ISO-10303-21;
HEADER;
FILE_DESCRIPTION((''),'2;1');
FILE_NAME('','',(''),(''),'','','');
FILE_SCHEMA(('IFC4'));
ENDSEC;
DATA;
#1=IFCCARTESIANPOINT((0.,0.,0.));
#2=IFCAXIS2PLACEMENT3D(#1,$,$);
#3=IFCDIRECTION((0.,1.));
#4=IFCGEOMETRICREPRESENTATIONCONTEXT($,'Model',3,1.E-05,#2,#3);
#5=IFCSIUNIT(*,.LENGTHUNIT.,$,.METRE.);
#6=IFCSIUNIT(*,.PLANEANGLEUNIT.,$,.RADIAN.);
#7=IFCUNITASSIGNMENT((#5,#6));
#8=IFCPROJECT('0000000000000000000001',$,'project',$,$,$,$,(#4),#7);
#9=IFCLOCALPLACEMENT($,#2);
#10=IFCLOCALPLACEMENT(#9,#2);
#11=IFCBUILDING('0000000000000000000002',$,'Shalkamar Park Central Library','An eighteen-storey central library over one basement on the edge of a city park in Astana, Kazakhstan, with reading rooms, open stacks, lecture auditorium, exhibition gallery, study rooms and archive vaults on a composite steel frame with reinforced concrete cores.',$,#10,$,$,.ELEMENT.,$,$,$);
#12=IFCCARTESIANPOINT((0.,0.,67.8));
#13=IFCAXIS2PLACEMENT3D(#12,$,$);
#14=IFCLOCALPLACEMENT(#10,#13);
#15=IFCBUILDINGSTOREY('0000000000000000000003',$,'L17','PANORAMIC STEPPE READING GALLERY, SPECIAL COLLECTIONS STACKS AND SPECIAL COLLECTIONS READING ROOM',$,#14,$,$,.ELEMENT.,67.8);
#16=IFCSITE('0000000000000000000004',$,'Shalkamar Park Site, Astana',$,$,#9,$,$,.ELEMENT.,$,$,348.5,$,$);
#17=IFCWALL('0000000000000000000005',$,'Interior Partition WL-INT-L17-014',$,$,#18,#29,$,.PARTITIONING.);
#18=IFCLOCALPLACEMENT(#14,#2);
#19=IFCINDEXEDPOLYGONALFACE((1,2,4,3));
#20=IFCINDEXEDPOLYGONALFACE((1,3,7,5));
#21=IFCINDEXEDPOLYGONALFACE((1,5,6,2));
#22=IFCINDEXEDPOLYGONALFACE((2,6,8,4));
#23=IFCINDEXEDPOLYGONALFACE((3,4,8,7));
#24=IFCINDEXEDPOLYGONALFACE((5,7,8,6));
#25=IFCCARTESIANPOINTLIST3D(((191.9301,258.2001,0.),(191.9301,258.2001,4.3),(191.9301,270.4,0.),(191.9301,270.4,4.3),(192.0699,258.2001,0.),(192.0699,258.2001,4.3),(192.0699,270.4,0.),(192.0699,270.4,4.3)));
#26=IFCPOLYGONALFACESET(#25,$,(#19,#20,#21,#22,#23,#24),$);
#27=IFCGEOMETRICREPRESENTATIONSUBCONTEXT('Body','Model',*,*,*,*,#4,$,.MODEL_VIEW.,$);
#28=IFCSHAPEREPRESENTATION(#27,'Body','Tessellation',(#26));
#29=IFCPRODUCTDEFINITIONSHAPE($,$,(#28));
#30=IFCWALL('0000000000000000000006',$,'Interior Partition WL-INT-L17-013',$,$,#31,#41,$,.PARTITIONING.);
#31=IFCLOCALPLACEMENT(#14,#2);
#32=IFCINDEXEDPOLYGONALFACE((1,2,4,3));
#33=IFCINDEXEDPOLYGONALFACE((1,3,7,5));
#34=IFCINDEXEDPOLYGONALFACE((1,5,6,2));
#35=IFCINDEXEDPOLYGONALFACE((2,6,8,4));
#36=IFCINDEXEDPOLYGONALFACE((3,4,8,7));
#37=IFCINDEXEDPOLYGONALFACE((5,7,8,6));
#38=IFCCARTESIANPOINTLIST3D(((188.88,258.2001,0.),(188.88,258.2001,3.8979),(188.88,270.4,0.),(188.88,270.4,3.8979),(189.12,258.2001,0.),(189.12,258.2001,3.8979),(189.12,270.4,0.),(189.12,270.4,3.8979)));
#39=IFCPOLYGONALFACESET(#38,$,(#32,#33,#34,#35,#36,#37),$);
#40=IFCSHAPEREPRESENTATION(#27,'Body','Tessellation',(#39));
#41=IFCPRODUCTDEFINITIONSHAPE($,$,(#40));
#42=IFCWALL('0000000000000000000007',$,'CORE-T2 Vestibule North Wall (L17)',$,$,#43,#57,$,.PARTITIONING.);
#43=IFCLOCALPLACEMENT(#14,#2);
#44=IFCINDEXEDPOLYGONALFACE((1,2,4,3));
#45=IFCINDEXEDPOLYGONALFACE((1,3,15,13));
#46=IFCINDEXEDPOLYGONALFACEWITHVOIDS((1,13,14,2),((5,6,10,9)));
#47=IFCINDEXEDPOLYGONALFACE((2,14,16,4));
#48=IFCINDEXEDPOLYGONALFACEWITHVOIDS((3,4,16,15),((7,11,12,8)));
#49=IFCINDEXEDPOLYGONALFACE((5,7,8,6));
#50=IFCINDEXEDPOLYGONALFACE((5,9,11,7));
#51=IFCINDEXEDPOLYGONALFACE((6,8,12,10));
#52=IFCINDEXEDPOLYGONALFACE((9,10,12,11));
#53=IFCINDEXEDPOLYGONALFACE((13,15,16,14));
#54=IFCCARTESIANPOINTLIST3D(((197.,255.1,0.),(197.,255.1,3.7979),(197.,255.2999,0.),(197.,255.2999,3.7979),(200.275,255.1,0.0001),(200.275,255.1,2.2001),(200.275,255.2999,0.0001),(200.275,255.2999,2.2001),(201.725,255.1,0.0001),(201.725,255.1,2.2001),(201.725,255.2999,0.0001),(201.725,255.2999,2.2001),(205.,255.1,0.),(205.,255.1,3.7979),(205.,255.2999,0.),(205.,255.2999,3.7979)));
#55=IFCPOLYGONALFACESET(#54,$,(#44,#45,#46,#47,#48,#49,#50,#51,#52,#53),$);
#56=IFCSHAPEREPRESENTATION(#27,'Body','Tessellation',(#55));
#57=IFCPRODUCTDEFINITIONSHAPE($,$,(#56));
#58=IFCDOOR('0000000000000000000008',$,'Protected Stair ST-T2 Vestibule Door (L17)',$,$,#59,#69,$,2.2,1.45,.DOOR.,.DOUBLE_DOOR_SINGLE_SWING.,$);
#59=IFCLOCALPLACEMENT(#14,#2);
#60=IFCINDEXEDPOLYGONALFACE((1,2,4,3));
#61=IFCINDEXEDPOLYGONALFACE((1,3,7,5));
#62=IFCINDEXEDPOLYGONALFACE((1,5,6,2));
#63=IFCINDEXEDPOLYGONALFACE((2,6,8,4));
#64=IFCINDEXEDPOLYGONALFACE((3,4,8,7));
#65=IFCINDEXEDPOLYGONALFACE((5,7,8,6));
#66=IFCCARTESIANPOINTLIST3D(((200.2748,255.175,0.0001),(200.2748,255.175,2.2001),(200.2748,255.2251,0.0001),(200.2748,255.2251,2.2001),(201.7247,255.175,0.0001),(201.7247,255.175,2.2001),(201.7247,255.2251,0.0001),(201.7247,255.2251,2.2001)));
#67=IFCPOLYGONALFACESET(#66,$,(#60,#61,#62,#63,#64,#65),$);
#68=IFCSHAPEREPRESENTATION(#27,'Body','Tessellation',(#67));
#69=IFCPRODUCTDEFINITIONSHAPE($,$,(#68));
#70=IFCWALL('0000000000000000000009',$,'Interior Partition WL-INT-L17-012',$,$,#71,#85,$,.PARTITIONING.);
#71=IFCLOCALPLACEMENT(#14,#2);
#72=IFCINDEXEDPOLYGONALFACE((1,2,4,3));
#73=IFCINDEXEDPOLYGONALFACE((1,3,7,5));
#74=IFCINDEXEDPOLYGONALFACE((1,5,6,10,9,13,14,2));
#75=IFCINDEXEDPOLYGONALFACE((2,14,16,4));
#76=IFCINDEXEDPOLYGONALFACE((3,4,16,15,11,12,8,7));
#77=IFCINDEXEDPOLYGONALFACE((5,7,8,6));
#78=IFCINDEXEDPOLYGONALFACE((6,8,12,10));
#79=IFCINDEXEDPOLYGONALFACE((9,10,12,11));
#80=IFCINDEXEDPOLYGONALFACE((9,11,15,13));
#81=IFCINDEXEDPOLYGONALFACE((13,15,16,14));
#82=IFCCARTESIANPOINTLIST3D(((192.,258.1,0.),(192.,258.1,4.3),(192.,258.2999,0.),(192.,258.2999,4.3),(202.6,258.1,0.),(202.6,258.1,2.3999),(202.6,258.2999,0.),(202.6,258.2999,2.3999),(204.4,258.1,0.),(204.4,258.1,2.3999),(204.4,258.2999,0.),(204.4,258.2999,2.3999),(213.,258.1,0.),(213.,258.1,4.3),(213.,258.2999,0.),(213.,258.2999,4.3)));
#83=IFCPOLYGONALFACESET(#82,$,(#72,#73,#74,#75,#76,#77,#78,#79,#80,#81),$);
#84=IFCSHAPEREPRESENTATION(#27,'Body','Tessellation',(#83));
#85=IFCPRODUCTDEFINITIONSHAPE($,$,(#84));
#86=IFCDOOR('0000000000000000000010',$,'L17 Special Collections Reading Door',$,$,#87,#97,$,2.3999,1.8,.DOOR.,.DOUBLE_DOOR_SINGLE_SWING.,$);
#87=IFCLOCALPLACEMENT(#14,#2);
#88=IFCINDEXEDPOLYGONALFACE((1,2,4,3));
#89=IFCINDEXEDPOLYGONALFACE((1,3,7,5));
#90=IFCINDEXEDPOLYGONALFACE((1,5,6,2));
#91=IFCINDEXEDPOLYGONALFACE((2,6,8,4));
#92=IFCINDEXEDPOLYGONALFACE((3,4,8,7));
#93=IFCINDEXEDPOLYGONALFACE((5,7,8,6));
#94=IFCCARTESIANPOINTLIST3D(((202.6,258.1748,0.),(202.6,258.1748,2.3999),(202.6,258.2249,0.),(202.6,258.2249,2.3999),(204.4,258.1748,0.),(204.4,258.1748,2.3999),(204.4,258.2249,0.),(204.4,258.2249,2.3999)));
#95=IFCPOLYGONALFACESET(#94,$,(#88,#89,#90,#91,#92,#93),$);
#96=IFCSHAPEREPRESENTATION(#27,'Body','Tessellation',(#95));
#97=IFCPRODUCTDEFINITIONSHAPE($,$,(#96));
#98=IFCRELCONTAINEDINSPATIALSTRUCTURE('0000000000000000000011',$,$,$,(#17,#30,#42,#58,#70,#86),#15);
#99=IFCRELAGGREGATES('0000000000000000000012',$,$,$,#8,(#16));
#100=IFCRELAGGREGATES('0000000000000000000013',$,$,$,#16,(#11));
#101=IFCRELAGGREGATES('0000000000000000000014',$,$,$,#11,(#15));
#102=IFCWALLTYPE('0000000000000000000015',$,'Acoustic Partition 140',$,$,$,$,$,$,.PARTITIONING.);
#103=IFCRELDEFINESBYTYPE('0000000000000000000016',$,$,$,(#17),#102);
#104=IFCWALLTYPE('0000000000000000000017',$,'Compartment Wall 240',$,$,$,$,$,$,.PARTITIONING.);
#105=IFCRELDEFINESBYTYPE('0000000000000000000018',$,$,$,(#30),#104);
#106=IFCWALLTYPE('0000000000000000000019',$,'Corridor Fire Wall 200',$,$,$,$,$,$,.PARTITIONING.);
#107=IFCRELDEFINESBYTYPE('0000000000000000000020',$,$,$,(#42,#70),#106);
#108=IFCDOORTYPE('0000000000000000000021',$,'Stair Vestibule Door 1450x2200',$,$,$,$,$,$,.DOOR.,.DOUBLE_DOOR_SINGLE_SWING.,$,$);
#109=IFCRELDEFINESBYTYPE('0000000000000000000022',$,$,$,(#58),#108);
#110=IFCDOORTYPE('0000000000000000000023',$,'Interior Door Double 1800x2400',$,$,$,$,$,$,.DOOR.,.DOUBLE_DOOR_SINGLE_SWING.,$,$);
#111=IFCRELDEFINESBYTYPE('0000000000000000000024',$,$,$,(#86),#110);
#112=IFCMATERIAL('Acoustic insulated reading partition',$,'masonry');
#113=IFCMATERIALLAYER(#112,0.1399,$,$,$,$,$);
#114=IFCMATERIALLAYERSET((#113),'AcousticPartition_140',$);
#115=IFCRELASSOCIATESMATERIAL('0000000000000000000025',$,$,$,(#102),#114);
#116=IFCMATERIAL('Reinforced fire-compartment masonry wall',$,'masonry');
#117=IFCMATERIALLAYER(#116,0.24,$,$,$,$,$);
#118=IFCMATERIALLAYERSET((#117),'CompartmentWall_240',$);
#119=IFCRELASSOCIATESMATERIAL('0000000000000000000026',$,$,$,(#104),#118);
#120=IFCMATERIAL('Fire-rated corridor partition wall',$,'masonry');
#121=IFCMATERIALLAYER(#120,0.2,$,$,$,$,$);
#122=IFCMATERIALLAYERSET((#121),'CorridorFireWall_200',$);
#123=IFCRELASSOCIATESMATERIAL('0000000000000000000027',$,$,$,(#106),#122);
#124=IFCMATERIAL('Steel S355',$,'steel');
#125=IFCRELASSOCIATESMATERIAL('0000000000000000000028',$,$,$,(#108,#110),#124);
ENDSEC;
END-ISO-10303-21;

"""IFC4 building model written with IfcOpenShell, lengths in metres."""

from ifc_helpers import new_model, si_unit, direction, frame, frame_2d, origin, place, context, subcontext, project, spatial, rectangle, extrude, material, layer, layer_set, type_object, element, fill, save


model = new_model("IFC4")

# Units and contexts
model_context = context("Model", 3, precision=1e-05, world=origin(), true_north=direction((0.0, 1.0)))
body_context = subcontext(model_context, "Body", "Model", "MODEL_VIEW")
ifc_project = project(units=[si_unit("LENGTHUNIT", "METRE"), si_unit("PLANEANGLEUNIT", "RADIAN")], contexts=[model_context])

# Site, building, storey
site_placement = place(None, origin())
site = spatial("IfcSite", under=ifc_project, at=site_placement, Name="Shalkamar Park Site, Astana", CompositionType="ELEMENT", RefElevation=348.5)
building_placement = place(site_placement, origin())
building = spatial("IfcBuilding", under=site, at=building_placement, Name="Shalkamar Park Central Library", Description="An eighteen-storey central library over one basement on the edge of a city park in Astana, Kazakhstan, with reading rooms, open stacks, lecture auditorium, exhibition gallery, study rooms and archive vaults on a composite steel frame with reinforced concrete cores.", CompositionType="ELEMENT")
storey_placement = place(building_placement, frame((0.0, 0.0, 67.8)))
storey = spatial("IfcBuildingStorey", under=building, at=storey_placement, Name="L17", Description="PANORAMIC STEPPE READING GALLERY, SPECIAL COLLECTIONS STACKS AND SPECIAL COLLECTIONS READING ROOM", CompositionType="ELEMENT", Elevation=67.8)

# Shared definitions
ifc_material_1 = material(Name="Steel S355", Category="steel")

# Walls
ifc_material_2 = material(Name="Acoustic insulated reading partition", Category="masonry")
ifc_layer_1 = layer(ifc_material_2, 0.1399)
ifc_layer_set_1 = layer_set([ifc_layer_1], Name="AcousticPartition_140")
wall_type_1 = type_object("IfcWallType", Name="Acoustic Partition 140", PredefinedType="PARTITIONING", material=ifc_layer_set_1)
wall_1_placement = place(storey_placement, frame((192.0, 258.2, 0.0), z_axis=(0.0, 0.0, 1.0), x_axis=(0.0, 1.0, 0.0)))
element("IfcWall", 1, at=wall_1_placement, inside=storey, type_object=wall_type_1, Name="Interior Partition WL-INT-L17-014", PredefinedType="PARTITIONING", context=body_context, shape_type="SweptSolid", body=[
    extrude(rectangle(XDim=12.2, YDim=0.1399, at=frame_2d((6.1001, 0.0))), origin(), (0.0, 0.0, 1.0), 4.3),
])
ifc_material_3 = material(Name="Reinforced fire-compartment masonry wall", Category="masonry")
ifc_layer_2 = layer(ifc_material_3, 0.24)
ifc_layer_set_2 = layer_set([ifc_layer_2], Name="CompartmentWall_240")
wall_type_2 = type_object("IfcWallType", Name="Compartment Wall 240", PredefinedType="PARTITIONING", material=ifc_layer_set_2)
wall_2_placement = place(storey_placement, frame((189.0, 258.2, 0.0), z_axis=(0.0, 0.0, 1.0), x_axis=(0.0, 1.0, 0.0)))
element("IfcWall", 2, at=wall_2_placement, inside=storey, type_object=wall_type_2, Name="Interior Partition WL-INT-L17-013", PredefinedType="PARTITIONING", context=body_context, shape_type="SweptSolid", body=[
    extrude(rectangle(XDim=12.2, YDim=0.24, at=frame_2d((6.1001, 0.0))), origin(), (0.0, 0.0, 1.0), 3.8979),
])

# Walls, openings, doors
ifc_material_4 = material(Name="Fire-rated corridor partition wall", Category="masonry")
ifc_layer_3 = layer(ifc_material_4, 0.2)
ifc_layer_set_3 = layer_set([ifc_layer_3], Name="CorridorFireWall_200")
wall_type_3 = type_object("IfcWallType", Name="Corridor Fire Wall 200", PredefinedType="PARTITIONING", material=ifc_layer_set_3)
wall_3_placement = place(storey_placement, frame((197.0, 255.2, 0.0), z_axis=(0.0, 0.0, 1.0), x_axis=(1.0, 0.0, 0.0)))
wall_3 = element("IfcWall", 3, at=wall_3_placement, inside=storey, type_object=wall_type_3, Name="CORE-T2 Vestibule North Wall (L17)", PredefinedType="PARTITIONING", context=body_context, shape_type="SweptSolid", body=[
    extrude(rectangle(XDim=8.0, YDim=0.2, at=frame_2d((4.0, 0.0))), origin(), (0.0, 0.0, 1.0), 3.7979),
])
opening_1_placement = place(wall_3_placement, frame((3.2749, 0.0, 0.0)))
opening_1 = element("IfcOpeningElement", 4, at=opening_1_placement, cuts=wall_3, PredefinedType="OPENING", context=body_context, shape_type="SweptSolid", body=[
    extrude(rectangle(XDim=1.45, YDim=2.2, at=frame_2d((0.7251, 1.1001))), frame((0.0, 0.1147, 0.0), z_axis=(0.0, -1.0, 0.0), x_axis=(1.0, 0.0, 0.0)), (0.0, 0.0, 1.0), 0.2297),
])
door_type_1 = type_object("IfcDoorType", Name="Stair Vestibule Door 1450x2200", OperationType="DOUBLE_DOOR_SINGLE_SWING", PredefinedType="DOOR", material=ifc_material_1)
door_1_placement = place(opening_1_placement, frame((1.45, 0.0, 0.0), z_axis=(0.0, 0.0, 1.0), x_axis=(-1.0, 0.0, 0.0)))
door_1 = element("IfcDoor", 5, at=door_1_placement, inside=storey, type_object=door_type_1, Name="Protected Stair ST-T2 Vestibule Door (L17)", OperationType="DOUBLE_DOOR_SINGLE_SWING", OverallHeight=2.2, OverallWidth=1.45, PredefinedType="DOOR", context=body_context, shape_type="SweptSolid", body=[
    extrude(rectangle(XDim=1.45, YDim=2.2, at=frame_2d((0.7251, 1.1001))), frame((0.0, 0.0249, 0.0), z_axis=(0.0, -1.0, 0.0), x_axis=(1.0, 0.0, 0.0)), (0.0, 0.0, 1.0), 0.05),
])
fill(opening_1, door_1)
wall_4_placement = place(storey_placement, frame((192.0, 258.2, 0.0), z_axis=(0.0, 0.0, 1.0), x_axis=(1.0, 0.0, 0.0)))
wall_4 = element("IfcWall", 6, at=wall_4_placement, inside=storey, type_object=wall_type_3, Name="Interior Partition WL-INT-L17-012", PredefinedType="PARTITIONING", context=body_context, shape_type="SweptSolid", body=[
    extrude(rectangle(XDim=21.0, YDim=0.2, at=frame_2d((10.5, 0.0))), origin(), (0.0, 0.0, 1.0), 4.3),
])
opening_2_placement = place(wall_4_placement, frame((10.6001, 0.0, 0.0)))
opening_2 = element("IfcOpeningElement", 7, at=opening_2_placement, cuts=wall_4, PredefinedType="OPENING", context=body_context, shape_type="SweptSolid", body=[
    extrude(rectangle(XDim=1.8, YDim=2.3999, at=frame_2d((0.8999, 1.2))), frame((0.0, 0.1147, 0.0), z_axis=(0.0, -1.0, 0.0), x_axis=(1.0, 0.0, 0.0)), (0.0, 0.0, 1.0), 0.2297),
])
door_type_2 = type_object("IfcDoorType", Name="Interior Door Double 1800x2400", OperationType="DOUBLE_DOOR_SINGLE_SWING", PredefinedType="DOOR", material=ifc_material_1)
door_2_placement = place(opening_2_placement, origin())
door_2 = element("IfcDoor", 8, at=door_2_placement, inside=storey, type_object=door_type_2, Name="L17 Special Collections Reading Door", OperationType="DOUBLE_DOOR_SINGLE_SWING", OverallHeight=2.3999, OverallWidth=1.8, PredefinedType="DOOR", context=body_context, shape_type="SweptSolid", body=[
    extrude(rectangle(XDim=1.8, YDim=2.3999, at=frame_2d((0.8999, 1.2))), frame((0.0, 0.0249, 0.0), z_axis=(0.0, -1.0, 0.0), x_axis=(1.0, 0.0, 0.0)), (0.0, 0.0, 1.0), 0.05),
])
fill(opening_2, door_2)

save(model, "model.ifc")
